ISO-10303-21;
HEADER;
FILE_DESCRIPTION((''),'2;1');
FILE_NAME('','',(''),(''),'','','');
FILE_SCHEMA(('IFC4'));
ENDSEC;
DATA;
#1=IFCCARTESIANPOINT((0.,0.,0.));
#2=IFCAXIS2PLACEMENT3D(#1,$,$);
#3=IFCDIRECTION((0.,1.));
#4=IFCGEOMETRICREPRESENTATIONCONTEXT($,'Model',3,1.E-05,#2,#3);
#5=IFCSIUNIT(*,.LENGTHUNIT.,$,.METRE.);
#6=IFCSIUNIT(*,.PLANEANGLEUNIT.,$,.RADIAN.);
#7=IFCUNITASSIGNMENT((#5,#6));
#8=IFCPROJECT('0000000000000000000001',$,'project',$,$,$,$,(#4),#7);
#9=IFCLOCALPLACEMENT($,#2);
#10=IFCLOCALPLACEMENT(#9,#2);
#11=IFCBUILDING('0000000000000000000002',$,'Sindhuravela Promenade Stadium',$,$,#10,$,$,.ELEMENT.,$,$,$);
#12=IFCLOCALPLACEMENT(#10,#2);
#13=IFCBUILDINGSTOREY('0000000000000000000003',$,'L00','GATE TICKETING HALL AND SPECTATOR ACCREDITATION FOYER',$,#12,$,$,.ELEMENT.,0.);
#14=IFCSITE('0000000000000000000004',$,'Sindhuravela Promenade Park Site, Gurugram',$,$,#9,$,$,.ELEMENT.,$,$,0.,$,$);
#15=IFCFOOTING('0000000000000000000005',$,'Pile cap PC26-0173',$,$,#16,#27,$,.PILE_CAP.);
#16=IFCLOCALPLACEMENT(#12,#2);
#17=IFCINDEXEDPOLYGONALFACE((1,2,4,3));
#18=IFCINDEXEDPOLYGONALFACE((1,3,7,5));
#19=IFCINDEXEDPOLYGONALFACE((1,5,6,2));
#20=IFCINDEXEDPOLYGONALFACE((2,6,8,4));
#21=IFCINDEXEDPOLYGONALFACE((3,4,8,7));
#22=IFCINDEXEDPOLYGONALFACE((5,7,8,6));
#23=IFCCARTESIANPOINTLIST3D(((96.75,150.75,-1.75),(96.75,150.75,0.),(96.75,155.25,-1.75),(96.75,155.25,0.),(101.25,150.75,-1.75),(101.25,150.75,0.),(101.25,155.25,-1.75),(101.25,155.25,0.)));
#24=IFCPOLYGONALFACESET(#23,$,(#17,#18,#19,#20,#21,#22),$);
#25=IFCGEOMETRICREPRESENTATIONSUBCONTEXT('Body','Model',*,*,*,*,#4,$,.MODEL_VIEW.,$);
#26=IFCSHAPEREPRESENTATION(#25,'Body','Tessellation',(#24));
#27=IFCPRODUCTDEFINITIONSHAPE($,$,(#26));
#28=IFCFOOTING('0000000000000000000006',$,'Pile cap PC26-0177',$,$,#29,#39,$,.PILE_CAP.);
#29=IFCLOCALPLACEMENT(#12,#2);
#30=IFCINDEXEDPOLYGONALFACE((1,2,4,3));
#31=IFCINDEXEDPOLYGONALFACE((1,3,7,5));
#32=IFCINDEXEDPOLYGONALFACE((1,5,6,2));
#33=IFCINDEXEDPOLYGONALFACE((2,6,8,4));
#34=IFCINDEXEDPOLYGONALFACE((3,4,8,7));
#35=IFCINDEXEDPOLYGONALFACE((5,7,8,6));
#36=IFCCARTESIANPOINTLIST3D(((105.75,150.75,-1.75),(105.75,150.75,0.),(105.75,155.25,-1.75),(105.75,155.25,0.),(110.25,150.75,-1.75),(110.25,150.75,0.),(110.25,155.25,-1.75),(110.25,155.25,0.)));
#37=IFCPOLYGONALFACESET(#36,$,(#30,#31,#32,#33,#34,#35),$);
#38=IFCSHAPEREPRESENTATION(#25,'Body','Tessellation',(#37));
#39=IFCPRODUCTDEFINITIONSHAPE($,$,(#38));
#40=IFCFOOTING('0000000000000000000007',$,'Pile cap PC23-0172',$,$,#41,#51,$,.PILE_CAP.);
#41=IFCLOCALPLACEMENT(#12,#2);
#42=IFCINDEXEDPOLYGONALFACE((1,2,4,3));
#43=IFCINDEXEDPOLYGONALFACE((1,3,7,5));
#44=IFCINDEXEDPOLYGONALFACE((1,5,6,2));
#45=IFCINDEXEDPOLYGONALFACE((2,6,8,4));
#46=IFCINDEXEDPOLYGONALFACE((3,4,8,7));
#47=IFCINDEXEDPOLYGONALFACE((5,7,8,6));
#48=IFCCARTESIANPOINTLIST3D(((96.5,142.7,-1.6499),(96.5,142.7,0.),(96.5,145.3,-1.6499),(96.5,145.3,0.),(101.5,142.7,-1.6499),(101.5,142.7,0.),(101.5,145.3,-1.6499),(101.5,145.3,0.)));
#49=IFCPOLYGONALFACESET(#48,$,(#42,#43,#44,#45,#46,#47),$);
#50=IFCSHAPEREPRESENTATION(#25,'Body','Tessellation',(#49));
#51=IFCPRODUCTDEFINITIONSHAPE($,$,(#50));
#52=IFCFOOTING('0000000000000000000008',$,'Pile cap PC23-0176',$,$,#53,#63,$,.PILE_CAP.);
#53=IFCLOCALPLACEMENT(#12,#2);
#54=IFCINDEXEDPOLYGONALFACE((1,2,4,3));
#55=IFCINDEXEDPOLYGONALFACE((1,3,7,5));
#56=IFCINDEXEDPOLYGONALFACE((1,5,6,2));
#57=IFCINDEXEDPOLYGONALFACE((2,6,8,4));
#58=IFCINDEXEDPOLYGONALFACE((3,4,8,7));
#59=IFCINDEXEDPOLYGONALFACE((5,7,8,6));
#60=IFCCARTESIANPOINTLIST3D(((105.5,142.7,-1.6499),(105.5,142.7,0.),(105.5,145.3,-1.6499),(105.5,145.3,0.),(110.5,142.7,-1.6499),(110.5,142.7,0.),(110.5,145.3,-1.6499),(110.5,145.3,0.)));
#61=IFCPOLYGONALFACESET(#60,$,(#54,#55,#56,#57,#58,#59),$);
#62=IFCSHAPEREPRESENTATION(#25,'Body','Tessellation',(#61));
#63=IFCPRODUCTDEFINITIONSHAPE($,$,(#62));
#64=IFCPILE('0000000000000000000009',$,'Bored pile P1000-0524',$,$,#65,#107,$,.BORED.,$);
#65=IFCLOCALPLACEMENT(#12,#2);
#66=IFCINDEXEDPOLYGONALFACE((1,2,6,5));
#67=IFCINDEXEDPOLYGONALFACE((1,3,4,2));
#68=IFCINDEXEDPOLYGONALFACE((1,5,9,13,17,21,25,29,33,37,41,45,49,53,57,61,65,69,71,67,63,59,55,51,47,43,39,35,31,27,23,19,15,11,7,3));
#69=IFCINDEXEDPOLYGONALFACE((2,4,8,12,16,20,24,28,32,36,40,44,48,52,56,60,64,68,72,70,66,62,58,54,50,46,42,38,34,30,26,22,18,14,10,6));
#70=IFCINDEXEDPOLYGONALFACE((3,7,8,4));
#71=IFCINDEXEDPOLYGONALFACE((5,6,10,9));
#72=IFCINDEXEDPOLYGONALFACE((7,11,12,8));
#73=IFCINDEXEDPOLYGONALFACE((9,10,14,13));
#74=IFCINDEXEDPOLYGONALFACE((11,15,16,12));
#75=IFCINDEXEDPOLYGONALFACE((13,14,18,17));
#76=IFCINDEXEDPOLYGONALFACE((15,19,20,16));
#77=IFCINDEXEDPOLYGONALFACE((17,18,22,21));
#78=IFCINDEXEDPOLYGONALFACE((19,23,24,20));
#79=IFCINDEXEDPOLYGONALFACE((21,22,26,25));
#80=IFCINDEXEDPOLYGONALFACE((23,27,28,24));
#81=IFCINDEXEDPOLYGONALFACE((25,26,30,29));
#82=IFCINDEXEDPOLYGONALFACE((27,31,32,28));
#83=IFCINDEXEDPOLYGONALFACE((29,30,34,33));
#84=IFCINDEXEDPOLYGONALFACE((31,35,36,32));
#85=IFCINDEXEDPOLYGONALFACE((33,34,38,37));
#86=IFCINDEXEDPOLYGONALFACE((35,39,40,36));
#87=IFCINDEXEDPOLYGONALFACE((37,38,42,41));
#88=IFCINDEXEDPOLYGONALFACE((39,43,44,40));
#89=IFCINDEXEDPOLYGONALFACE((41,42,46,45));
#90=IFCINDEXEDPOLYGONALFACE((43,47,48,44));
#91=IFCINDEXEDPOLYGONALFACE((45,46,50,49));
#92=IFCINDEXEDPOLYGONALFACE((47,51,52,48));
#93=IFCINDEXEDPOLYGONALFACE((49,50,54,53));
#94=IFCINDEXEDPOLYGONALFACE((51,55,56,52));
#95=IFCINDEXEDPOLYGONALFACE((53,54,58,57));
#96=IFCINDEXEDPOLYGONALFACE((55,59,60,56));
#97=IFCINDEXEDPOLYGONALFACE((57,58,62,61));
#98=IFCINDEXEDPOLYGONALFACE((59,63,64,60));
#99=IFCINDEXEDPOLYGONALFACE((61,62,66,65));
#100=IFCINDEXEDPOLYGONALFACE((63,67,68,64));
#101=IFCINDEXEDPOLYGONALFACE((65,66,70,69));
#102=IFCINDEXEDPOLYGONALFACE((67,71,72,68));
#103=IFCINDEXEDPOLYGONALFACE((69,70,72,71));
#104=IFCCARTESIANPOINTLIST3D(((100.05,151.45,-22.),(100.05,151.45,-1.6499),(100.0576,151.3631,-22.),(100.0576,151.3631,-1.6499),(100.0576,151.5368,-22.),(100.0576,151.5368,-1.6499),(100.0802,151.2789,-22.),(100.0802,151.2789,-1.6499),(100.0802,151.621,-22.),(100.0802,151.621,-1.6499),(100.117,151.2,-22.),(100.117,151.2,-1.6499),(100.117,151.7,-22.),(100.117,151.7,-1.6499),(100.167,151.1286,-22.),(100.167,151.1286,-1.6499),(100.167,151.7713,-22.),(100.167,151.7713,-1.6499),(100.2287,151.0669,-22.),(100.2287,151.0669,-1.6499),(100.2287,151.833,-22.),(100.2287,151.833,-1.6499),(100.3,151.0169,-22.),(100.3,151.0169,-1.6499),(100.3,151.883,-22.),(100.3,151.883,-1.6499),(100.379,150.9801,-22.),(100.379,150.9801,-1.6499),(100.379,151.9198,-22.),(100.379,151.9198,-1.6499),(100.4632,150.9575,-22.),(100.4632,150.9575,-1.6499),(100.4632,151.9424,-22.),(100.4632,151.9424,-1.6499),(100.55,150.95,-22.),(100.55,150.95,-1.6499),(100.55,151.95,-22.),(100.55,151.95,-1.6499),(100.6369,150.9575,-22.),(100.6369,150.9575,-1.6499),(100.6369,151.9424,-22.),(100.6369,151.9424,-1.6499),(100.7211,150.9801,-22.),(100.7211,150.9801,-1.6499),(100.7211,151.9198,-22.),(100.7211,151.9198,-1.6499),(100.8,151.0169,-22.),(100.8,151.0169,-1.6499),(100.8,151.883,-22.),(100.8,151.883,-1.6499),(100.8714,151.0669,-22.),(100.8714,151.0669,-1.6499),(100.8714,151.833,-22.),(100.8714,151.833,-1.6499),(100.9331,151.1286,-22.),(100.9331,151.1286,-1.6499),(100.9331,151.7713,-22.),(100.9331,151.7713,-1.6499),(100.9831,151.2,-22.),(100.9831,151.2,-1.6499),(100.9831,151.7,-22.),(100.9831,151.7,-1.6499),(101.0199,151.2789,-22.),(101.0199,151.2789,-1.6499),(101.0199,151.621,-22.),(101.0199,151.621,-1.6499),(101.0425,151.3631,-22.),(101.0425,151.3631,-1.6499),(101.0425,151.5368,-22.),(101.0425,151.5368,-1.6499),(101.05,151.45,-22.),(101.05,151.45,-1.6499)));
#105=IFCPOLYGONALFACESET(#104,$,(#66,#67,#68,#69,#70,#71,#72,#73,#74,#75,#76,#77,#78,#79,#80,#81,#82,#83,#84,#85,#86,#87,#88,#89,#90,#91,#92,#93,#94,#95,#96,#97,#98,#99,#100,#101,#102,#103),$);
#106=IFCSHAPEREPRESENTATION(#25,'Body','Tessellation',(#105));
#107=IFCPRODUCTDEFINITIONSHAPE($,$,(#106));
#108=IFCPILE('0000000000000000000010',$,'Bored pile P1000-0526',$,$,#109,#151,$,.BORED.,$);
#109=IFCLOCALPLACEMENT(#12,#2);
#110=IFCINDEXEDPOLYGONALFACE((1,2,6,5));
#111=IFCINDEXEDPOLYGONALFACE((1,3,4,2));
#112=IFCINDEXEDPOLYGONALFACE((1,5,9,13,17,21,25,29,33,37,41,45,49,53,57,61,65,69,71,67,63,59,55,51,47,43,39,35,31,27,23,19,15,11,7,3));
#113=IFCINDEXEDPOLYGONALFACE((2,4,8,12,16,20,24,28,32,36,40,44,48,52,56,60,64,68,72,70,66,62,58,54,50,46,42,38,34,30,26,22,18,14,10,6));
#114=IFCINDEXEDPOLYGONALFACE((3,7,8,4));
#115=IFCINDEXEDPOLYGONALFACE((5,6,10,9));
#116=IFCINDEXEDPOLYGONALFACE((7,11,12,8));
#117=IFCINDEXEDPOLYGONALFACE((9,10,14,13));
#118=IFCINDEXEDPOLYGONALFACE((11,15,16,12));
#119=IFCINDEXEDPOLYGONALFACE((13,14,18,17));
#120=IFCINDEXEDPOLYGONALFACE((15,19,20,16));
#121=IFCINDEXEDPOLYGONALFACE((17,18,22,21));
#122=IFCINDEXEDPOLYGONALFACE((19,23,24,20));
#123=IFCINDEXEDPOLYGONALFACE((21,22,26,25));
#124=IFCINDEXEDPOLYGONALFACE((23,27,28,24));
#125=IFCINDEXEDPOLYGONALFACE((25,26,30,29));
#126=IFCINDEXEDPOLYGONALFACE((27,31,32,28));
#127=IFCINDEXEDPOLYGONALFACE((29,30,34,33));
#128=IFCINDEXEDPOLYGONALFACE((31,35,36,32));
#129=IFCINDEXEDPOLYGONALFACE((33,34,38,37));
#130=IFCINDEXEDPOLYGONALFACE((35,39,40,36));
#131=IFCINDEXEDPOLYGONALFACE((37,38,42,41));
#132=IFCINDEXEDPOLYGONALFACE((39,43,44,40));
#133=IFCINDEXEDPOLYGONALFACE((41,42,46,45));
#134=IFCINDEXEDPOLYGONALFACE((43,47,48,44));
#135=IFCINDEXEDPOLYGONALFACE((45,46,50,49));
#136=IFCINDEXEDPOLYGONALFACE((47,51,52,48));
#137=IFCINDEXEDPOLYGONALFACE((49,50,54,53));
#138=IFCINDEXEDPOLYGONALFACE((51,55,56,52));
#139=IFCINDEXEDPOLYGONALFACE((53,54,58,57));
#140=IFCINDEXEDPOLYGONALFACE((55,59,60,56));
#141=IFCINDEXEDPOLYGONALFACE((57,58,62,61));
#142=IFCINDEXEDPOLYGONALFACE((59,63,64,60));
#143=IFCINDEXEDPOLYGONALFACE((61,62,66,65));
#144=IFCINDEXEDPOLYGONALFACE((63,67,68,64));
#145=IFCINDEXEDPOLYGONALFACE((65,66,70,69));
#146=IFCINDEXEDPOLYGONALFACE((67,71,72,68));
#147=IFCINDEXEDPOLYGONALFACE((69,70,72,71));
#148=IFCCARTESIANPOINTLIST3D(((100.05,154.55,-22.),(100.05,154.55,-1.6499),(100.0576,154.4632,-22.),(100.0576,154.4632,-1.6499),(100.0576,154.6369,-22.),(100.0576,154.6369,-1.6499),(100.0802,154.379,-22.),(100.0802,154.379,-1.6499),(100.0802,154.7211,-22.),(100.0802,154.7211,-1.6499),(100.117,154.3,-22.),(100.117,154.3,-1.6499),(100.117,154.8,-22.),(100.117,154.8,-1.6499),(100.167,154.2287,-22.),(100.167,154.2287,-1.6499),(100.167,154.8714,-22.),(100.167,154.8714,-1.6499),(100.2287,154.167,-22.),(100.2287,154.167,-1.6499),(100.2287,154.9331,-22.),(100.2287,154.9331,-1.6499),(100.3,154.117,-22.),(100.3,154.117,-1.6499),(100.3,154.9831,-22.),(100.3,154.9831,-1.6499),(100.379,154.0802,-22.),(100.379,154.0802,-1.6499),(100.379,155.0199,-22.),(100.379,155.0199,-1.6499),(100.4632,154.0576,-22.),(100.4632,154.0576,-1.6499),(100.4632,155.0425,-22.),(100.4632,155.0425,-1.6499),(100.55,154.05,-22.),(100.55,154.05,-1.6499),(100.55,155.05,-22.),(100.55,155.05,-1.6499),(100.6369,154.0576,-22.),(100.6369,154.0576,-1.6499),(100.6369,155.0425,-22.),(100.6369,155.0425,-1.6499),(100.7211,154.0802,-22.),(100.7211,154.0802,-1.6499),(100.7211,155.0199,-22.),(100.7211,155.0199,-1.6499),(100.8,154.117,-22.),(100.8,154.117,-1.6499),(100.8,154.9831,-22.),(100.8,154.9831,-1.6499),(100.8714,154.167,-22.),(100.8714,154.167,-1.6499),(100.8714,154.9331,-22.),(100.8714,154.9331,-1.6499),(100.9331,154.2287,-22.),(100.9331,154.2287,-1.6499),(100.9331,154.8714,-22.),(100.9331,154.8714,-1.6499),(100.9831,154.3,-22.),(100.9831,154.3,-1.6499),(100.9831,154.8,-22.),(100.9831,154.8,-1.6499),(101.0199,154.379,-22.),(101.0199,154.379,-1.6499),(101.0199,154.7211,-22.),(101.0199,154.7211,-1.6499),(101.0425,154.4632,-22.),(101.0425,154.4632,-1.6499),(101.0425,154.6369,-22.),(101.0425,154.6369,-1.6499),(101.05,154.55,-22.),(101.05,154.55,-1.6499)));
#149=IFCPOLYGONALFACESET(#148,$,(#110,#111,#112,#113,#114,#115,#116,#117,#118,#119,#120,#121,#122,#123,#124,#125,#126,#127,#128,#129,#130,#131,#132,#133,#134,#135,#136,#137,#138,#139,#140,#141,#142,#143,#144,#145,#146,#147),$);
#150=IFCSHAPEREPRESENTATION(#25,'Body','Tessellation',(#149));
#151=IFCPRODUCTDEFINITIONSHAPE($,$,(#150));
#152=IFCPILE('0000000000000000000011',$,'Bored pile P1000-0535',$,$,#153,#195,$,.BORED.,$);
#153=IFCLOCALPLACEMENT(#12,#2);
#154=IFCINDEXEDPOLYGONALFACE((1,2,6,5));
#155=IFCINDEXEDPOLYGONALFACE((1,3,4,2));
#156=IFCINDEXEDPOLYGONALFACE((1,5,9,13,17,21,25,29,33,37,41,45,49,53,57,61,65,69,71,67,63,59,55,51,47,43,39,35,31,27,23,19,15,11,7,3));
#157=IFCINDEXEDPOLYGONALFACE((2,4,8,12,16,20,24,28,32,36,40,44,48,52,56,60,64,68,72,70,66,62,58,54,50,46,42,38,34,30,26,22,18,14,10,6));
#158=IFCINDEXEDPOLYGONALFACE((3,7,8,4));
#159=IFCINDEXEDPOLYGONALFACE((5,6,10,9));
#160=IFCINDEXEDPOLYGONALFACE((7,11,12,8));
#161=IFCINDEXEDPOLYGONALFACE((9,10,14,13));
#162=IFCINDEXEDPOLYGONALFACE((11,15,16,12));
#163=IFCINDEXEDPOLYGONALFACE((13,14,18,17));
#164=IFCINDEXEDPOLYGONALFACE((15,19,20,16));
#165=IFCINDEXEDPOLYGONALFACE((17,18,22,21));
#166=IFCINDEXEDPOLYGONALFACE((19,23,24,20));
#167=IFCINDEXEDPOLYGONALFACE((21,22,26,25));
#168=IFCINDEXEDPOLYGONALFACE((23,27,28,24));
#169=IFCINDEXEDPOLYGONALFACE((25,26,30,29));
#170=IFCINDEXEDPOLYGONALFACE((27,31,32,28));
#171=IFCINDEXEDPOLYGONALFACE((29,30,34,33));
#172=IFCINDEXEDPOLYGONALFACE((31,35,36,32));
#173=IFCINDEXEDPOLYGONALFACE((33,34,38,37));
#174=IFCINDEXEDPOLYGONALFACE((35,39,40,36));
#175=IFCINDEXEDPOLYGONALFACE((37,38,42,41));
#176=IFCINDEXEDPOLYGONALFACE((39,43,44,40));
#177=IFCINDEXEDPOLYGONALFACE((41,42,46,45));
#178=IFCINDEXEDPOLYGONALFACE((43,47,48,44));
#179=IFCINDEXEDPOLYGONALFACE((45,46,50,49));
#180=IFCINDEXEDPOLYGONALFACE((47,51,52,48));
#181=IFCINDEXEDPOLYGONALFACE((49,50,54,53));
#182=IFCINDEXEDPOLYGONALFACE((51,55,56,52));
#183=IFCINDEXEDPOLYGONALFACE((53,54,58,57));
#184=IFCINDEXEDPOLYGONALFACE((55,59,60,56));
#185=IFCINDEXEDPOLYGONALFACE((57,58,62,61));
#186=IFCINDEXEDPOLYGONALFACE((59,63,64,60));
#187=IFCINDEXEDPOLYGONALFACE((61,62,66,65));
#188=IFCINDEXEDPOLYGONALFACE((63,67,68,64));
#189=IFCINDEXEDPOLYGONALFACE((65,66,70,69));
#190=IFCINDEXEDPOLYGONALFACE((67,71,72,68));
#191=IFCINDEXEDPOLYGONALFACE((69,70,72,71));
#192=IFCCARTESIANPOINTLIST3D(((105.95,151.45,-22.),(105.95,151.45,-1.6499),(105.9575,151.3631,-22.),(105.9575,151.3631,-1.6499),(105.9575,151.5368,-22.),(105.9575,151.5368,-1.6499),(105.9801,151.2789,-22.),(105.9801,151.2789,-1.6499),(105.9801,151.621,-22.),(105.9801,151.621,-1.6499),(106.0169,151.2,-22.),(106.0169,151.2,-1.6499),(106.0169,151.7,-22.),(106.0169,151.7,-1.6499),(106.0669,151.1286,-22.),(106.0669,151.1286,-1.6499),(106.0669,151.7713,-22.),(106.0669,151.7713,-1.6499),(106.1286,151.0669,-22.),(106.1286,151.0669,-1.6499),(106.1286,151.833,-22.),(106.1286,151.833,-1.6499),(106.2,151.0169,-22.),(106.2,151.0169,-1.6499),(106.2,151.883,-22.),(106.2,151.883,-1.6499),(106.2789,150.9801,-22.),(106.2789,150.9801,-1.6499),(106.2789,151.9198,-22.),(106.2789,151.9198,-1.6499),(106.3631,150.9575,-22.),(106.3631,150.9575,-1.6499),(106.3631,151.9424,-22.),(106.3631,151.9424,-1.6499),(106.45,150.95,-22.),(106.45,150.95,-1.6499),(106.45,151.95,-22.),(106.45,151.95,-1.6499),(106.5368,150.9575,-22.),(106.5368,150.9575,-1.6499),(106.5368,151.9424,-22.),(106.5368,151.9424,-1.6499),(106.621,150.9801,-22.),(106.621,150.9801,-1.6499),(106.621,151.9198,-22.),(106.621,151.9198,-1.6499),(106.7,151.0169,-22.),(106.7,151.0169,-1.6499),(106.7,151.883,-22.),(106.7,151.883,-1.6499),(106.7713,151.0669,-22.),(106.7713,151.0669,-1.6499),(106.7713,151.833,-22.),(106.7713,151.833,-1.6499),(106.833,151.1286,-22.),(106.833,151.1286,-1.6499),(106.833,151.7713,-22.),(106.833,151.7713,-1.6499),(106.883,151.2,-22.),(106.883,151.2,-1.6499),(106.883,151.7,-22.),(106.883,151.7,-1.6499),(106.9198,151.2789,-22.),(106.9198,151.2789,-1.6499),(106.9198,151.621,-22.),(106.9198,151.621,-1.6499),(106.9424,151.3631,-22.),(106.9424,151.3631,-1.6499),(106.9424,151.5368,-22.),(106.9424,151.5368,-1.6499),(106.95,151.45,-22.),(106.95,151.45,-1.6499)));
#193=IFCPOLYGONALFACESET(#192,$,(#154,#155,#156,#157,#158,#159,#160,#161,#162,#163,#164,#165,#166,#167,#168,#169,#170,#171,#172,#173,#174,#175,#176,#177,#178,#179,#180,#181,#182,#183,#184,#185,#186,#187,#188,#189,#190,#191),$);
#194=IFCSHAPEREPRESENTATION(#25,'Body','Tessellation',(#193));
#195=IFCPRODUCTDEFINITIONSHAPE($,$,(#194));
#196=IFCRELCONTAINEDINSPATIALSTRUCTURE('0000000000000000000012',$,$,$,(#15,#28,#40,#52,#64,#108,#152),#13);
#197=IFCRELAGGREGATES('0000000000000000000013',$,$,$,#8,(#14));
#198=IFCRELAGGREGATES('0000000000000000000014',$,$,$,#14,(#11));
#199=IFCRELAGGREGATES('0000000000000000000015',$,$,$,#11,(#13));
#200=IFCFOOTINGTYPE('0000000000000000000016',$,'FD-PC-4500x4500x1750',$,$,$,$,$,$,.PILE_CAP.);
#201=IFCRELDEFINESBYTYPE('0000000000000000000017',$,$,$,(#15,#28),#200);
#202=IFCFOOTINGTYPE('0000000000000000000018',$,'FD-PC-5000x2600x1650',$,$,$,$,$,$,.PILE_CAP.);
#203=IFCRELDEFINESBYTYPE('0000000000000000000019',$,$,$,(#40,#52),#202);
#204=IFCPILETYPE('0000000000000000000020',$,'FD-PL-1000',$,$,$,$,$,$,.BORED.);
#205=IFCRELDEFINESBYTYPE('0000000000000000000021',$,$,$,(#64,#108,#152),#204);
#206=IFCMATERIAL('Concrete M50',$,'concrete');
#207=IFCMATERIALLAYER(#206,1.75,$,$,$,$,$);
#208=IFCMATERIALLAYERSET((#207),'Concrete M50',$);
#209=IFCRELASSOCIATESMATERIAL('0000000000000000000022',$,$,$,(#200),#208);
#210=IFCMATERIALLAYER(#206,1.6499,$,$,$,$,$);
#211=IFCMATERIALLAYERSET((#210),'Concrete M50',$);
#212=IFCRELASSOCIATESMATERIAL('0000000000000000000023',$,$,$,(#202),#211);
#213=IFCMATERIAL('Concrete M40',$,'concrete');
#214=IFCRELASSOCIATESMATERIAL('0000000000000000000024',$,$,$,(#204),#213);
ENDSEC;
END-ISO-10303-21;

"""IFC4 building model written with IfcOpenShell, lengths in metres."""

from ifc_helpers import new_model, si_unit, direction, frame, origin, origin_2d, place, context, subcontext, project, spatial, rectangle, circle, extrude, material, layer, layer_set, material_profile, profile_set, type_object, element, save


model = new_model("IFC4")

# Units and contexts
model_context = context("Model", 3, precision=1e-05, world=origin(), true_north=direction((0.0, 1.0)))
body_context = subcontext(model_context, "Body", "Model", "MODEL_VIEW")
ifc_project = project(units=[si_unit("LENGTHUNIT", "METRE"), si_unit("PLANEANGLEUNIT", "RADIAN")], contexts=[model_context])

# Site, building, storey
site_placement = place(None, origin())
site = spatial("IfcSite", under=ifc_project, at=site_placement, Name="Sindhuravela Promenade Park Site, Gurugram", CompositionType="ELEMENT", RefElevation=0.0)
building_placement = place(site_placement, origin())
building = spatial("IfcBuilding", under=site, at=building_placement, Name="Sindhuravela Promenade Stadium", CompositionType="ELEMENT")
storey_placement = place(building_placement, origin())
storey = spatial("IfcBuildingStorey", under=building, at=storey_placement, Name="L00", Description="GATE TICKETING HALL AND SPECTATOR ACCREDITATION FOYER", CompositionType="ELEMENT", Elevation=0.0)

# Footings
ifc_material_1 = material(Name="Concrete M50", Category="concrete")
ifc_layer_1 = layer(ifc_material_1, 1.75)
ifc_layer_set_1 = layer_set([ifc_layer_1], Name="Concrete M50")
footing_type_1 = type_object("IfcFootingType", Name="FD-PC-4500x4500x1750", PredefinedType="PILE_CAP", material=ifc_layer_set_1)
for number, where, z_axis, x_axis, name in (
    (1, (99.0, 153.0, -1.75), (0.0, 0.0, 1.0), (1.0, 0.0, 0.0), "Pile cap PC26-0173"),
    (2, (108.0, 153.0, -1.75), (0.0, 0.0, 1.0), (1.0, 0.0, 0.0), "Pile cap PC26-0177"),
):
    element("IfcFooting", number, at=place(storey_placement, frame(where, z_axis=z_axis, x_axis=x_axis)), inside=storey, type_object=footing_type_1, Name=name, PredefinedType="PILE_CAP", context=body_context, shape_type="SweptSolid", body=[
        extrude(rectangle(XDim=4.5, YDim=4.5, at=origin_2d()), origin(), (0.0, 0.0, 1.0), 1.75),
    ])
ifc_layer_2 = layer(ifc_material_1, 1.6499)
ifc_layer_set_2 = layer_set([ifc_layer_2], Name="Concrete M50")
footing_type_2 = type_object("IfcFootingType", Name="FD-PC-5000x2600x1650", PredefinedType="PILE_CAP", material=ifc_layer_set_2)
for number, where, z_axis, x_axis, name in (
    (3, (99.0, 144.0, -1.6499), (0.0, 0.0, 1.0), (1.0, 0.0, 0.0), "Pile cap PC23-0172"),
    (4, (108.0, 144.0, -1.6499), (0.0, 0.0, 1.0), (1.0, 0.0, 0.0), "Pile cap PC23-0176"),
):
    element("IfcFooting", number, at=place(storey_placement, frame(where, z_axis=z_axis, x_axis=x_axis)), inside=storey, type_object=footing_type_2, Name=name, PredefinedType="PILE_CAP", context=body_context, shape_type="SweptSolid", body=[
        extrude(rectangle(XDim=5.0, YDim=2.6001, at=origin_2d()), origin(), (0.0, 0.0, 1.0), 1.6499),
    ])

# Piles
ifc_material_2 = material(Name="Concrete M40", Category="concrete")
ifc_material_profile_1 = material_profile(ifc_material_2, circle(Radius=0.5, at=origin_2d()), Name="BORED PILE D1000")
ifc_profile_set_1 = profile_set([ifc_material_profile_1], Name="Concrete M40")
pile_type_1 = type_object("IfcPileType", Name="FD-PL-1000", PredefinedType="BORED", material=ifc_profile_set_1)
for number, where, z_axis, x_axis, name in (
    (5, (100.55, 151.45, -1.6499), (0.0, 0.0, -1.0), (1.0, 0.0, 0.0), "Bored pile P1000-0524"),
    (6, (100.55, 154.55, -1.6499), (0.0, 0.0, -1.0), (1.0, 0.0, 0.0), "Bored pile P1000-0526"),
    (7, (106.45, 151.45, -1.6499), (0.0, 0.0, -1.0), (1.0, 0.0, 0.0), "Bored pile P1000-0535"),
):
    element("IfcPile", number, at=place(storey_placement, frame(where, z_axis=z_axis, x_axis=x_axis)), inside=storey, type_object=pile_type_1, Name=name, PredefinedType="BORED", context=body_context, shape_type="SweptSolid", body=[
        extrude(circle(Radius=0.5, at=origin_2d()), origin(), (0.0, 0.0, 1.0), 20.3501),
    ])

save(model, "model.ifc")
